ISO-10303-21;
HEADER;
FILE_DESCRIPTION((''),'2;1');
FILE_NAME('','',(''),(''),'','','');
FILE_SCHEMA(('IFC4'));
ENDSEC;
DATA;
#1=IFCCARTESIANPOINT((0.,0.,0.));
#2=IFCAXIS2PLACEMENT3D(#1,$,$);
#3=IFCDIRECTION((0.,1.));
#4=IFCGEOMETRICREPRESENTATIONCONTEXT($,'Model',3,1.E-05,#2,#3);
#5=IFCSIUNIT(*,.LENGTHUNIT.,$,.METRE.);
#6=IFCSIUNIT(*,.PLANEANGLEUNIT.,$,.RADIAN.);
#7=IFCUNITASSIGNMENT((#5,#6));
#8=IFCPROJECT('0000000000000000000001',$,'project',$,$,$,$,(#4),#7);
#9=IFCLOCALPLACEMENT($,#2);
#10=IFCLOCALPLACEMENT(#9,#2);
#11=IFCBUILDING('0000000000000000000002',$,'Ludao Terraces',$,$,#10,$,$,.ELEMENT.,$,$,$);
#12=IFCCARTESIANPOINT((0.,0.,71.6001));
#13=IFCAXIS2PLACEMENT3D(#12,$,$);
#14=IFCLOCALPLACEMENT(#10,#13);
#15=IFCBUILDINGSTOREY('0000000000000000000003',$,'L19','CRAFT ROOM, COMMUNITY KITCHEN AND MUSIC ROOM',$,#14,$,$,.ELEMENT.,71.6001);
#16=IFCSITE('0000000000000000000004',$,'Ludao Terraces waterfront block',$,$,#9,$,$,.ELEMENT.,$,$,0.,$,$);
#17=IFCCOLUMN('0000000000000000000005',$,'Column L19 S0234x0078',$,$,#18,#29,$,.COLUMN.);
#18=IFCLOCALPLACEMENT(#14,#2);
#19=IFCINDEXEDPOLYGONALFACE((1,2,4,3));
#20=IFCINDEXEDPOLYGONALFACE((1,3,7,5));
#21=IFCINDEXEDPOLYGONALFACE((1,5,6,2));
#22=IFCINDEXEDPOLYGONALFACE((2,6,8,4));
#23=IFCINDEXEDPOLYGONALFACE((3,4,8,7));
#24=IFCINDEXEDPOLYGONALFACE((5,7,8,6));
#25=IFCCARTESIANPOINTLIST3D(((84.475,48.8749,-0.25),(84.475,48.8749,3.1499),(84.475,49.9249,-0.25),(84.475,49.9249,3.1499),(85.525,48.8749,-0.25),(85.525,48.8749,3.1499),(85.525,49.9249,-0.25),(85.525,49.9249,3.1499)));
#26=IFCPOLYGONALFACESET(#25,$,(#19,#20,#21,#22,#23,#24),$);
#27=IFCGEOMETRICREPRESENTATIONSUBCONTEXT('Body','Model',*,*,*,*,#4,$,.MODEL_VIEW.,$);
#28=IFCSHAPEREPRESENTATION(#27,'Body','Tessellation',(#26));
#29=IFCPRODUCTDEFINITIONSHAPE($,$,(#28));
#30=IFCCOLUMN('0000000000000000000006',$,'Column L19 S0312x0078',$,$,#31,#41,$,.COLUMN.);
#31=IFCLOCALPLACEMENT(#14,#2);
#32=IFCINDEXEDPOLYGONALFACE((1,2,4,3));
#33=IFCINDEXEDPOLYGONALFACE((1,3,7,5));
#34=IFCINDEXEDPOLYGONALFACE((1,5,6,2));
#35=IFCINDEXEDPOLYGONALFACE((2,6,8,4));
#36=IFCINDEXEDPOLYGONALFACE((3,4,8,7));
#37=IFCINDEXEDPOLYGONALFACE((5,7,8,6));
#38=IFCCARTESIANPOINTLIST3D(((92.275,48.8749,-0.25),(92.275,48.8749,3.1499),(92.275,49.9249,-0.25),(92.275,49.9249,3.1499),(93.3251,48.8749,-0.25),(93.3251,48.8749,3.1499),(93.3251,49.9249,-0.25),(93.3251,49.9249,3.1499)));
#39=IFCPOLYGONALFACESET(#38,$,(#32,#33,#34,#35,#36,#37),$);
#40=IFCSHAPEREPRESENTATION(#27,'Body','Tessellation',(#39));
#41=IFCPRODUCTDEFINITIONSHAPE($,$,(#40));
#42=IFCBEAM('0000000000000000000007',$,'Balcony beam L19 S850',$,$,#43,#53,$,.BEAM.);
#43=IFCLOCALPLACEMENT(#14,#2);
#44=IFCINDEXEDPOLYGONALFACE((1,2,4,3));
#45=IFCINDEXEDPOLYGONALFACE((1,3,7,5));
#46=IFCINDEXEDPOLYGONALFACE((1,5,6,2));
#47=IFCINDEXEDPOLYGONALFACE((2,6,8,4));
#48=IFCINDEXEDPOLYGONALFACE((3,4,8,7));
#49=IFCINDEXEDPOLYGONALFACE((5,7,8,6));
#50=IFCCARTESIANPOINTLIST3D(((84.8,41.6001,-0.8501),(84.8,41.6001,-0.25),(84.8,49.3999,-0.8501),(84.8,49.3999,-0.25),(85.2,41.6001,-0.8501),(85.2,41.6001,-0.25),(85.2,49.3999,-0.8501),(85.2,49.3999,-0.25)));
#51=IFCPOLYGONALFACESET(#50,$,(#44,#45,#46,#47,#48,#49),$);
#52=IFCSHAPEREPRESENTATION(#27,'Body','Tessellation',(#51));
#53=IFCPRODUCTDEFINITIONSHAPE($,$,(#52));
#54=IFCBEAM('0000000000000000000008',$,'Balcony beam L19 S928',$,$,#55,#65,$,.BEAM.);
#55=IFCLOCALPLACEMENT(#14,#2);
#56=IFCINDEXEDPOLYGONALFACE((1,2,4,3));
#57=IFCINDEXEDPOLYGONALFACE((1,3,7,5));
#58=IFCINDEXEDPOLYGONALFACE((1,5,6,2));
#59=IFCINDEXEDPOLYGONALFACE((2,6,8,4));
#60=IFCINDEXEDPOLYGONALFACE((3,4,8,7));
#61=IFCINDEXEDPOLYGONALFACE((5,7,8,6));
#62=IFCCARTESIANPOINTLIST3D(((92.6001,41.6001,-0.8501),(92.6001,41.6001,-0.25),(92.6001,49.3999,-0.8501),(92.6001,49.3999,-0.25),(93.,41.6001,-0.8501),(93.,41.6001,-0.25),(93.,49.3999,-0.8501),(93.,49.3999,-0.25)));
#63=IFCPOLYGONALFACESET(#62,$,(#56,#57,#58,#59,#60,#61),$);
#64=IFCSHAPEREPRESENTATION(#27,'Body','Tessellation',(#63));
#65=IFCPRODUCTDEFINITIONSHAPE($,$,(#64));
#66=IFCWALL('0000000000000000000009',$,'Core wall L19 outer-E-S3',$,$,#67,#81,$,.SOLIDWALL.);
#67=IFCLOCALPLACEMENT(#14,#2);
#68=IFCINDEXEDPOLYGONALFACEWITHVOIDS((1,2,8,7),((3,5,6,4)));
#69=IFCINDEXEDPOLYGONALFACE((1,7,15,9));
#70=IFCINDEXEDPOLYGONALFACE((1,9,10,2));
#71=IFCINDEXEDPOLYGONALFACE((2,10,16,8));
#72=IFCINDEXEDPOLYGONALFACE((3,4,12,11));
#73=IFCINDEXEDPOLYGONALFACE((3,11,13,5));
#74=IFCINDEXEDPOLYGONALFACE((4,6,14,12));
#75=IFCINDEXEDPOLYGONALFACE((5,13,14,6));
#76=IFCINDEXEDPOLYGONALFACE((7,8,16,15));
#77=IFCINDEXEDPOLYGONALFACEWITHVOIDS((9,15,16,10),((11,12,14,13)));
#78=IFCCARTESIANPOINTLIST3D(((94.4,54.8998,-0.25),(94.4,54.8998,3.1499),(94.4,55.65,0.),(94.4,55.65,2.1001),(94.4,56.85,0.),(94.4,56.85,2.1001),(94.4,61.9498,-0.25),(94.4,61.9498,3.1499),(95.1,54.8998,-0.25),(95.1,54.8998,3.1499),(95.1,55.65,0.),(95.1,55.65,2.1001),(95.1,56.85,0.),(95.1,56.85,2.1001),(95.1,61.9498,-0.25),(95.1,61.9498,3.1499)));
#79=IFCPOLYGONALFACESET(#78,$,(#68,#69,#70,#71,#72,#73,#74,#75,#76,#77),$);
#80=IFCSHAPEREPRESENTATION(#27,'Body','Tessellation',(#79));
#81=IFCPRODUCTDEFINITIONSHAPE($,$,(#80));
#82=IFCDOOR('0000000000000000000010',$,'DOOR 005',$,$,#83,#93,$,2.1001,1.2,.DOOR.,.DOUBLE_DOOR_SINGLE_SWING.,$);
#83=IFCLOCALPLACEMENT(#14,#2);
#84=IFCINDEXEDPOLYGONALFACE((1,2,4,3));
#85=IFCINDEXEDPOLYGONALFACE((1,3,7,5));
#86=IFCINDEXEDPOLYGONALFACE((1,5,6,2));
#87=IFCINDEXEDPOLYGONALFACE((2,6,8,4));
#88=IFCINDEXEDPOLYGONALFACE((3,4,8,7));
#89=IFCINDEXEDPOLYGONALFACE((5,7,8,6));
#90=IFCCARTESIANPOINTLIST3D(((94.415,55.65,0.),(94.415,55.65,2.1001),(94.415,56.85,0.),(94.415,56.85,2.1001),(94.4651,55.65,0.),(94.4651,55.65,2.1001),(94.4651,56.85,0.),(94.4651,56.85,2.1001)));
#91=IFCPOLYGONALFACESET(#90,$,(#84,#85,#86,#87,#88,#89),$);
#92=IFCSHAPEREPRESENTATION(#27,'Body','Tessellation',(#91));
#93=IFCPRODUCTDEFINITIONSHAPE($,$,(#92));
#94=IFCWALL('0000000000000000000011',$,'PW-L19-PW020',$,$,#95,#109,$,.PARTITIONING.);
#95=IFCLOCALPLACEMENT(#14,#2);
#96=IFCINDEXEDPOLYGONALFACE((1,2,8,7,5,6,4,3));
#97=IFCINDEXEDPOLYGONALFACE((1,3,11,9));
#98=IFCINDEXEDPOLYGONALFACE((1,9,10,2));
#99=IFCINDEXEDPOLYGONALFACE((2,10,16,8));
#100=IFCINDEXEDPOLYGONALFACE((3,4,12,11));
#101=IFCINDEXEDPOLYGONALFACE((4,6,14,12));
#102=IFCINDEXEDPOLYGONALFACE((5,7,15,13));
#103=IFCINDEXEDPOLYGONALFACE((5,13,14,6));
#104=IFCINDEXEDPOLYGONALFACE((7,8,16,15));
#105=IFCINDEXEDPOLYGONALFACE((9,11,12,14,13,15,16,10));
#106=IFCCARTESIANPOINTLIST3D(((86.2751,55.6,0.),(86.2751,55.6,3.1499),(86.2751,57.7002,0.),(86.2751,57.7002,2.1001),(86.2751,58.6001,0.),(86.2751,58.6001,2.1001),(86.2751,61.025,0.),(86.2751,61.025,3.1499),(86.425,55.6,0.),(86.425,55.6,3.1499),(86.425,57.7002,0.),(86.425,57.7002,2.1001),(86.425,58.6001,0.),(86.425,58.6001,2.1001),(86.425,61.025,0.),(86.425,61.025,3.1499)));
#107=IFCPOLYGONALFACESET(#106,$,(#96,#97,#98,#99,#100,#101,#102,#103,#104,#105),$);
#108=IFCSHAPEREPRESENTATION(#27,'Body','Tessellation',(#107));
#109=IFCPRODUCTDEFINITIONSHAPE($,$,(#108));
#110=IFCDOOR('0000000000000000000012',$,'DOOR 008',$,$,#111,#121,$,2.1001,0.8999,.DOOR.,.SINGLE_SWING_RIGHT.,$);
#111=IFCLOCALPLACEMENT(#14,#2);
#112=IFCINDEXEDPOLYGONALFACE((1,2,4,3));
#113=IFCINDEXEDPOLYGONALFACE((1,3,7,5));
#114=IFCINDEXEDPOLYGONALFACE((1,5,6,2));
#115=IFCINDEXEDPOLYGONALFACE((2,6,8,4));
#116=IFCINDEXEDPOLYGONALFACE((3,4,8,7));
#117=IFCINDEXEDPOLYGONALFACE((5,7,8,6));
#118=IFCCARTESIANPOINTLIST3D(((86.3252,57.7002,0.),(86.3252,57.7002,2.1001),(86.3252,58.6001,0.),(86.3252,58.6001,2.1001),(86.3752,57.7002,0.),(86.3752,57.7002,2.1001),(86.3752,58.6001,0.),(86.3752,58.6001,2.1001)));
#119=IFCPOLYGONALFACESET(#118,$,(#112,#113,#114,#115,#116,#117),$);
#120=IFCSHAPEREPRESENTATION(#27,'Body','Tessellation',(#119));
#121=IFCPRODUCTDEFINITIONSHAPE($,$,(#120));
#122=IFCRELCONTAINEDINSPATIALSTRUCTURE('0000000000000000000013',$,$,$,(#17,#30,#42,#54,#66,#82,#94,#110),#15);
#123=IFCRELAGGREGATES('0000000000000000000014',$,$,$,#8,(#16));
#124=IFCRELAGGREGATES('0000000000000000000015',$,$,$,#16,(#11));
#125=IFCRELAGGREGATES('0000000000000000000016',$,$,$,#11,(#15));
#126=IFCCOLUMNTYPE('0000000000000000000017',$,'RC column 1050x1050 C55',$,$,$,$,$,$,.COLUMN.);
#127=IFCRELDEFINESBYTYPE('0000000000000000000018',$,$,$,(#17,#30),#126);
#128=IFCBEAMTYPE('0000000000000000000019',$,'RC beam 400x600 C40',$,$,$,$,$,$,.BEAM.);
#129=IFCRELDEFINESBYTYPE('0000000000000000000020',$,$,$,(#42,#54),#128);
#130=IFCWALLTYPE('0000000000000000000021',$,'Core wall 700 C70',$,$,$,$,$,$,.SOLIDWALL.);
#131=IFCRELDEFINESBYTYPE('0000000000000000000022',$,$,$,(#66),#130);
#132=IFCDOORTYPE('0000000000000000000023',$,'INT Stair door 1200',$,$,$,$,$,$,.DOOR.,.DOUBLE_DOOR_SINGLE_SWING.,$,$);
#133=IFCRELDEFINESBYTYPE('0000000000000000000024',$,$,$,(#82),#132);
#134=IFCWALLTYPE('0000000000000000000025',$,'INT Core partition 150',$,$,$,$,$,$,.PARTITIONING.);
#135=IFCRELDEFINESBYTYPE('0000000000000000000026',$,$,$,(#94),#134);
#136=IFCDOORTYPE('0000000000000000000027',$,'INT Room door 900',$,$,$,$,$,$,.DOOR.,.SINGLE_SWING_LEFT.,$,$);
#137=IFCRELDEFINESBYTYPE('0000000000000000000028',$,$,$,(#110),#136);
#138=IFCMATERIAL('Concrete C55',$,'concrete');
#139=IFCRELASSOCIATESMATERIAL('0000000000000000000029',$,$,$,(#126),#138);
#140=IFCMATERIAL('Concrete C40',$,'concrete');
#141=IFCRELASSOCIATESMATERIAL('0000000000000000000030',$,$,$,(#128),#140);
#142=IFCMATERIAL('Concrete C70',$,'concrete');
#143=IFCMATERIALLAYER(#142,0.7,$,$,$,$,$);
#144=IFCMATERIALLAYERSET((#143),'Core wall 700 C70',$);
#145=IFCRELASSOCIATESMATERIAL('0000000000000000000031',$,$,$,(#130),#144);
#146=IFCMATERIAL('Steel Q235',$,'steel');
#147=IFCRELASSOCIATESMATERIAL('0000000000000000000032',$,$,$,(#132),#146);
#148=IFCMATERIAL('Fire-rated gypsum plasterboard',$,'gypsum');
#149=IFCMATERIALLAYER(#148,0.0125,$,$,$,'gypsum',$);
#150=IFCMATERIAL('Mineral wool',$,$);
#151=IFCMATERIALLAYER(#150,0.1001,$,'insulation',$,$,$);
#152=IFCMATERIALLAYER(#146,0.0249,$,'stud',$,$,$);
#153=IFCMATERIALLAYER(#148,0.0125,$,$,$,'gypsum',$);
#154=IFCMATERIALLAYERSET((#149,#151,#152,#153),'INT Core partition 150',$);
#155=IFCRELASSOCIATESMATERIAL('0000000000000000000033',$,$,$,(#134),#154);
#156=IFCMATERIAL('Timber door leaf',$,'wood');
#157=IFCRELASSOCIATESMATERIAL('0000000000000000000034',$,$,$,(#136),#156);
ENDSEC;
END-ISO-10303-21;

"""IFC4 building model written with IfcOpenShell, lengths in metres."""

from ifc_helpers import new_model, si_unit, direction, frame, frame_2d, origin, origin_2d, place, context, subcontext, project, spatial, rectangle, extrude, material, layer, layer_set, material_profile, profile_set, type_object, element, fill, save


model = new_model("IFC4")

# Units and contexts
model_context = context("Model", 3, precision=1e-05, world=origin(), true_north=direction((0.0, 1.0)))
body_context = subcontext(model_context, "Body", "Model", "MODEL_VIEW")
ifc_project = project(units=[si_unit("LENGTHUNIT", "METRE"), si_unit("PLANEANGLEUNIT", "RADIAN")], contexts=[model_context])

# Site, building, storey
site_placement = place(None, origin())
site = spatial("IfcSite", under=ifc_project, at=site_placement, Name="Ludao Terraces waterfront block", CompositionType="ELEMENT", RefElevation=0.0)
building_placement = place(site_placement, origin())
building = spatial("IfcBuilding", under=site, at=building_placement, Name="Ludao Terraces", CompositionType="ELEMENT")
storey_placement = place(building_placement, frame((0.0, 0.0, 71.6001)))
storey = spatial("IfcBuildingStorey", under=building, at=storey_placement, Name="L19", Description="CRAFT ROOM, COMMUNITY KITCHEN AND MUSIC ROOM", CompositionType="ELEMENT", Elevation=71.6001)

# Columns
ifc_material_1 = material(Name="Concrete C55", Category="concrete")
ifc_material_profile_1 = material_profile(ifc_material_1, rectangle(XDim=1.05, YDim=1.05, at=origin_2d()), Name="1050 X 1050")
ifc_profile_set_1 = profile_set([ifc_material_profile_1], Name="Concrete C55")
column_type = type_object("IfcColumnType", Name="RC column 1050x1050 C55", PredefinedType="COLUMN", material=ifc_profile_set_1)
for number, where, z_axis, x_axis, name in (
    (1, (85.0, 49.3999, -0.25), (0.0, 0.0, 1.0), (1.0, 0.0, 0.0), "Column L19 S0234x0078"),
    (2, (92.8, 49.3999, -0.25), (0.0, 0.0, 1.0), (1.0, 0.0, 0.0), "Column L19 S0312x0078"),
):
    element("IfcColumn", number, at=place(storey_placement, frame(where, z_axis=z_axis, x_axis=x_axis)), inside=storey, type_object=column_type, Name=name, PredefinedType="COLUMN", context=body_context, shape_type="SweptSolid", body=[
        extrude(rectangle(XDim=1.05, YDim=1.05, at=origin_2d()), origin(), (0.0, 0.0, 1.0), 3.3999),
    ])

# Beams
ifc_material_2 = material(Name="Concrete C40", Category="concrete")
ifc_material_profile_2 = material_profile(ifc_material_2, rectangle(XDim=0.3999, YDim=0.6001, at=origin_2d()), Name="400 X 600")
ifc_profile_set_2 = profile_set([ifc_material_profile_2], Name="Concrete C40")
beam_type = type_object("IfcBeamType", Name="RC beam 400x600 C40", PredefinedType="BEAM", material=ifc_profile_set_2)
for number, where, z_axis, x_axis, name in (
    (3, (85.0, 49.3999, -0.55), (0.0, -1.0, 0.0), (1.0, 0.0, 0.0), "Balcony beam L19 S850"),
    (4, (92.8, 49.3999, -0.55), (0.0, -1.0, 0.0), (1.0, 0.0, 0.0), "Balcony beam L19 S928"),
):
    element("IfcBeam", number, at=place(storey_placement, frame(where, z_axis=z_axis, x_axis=x_axis)), inside=storey, type_object=beam_type, Name=name, PredefinedType="BEAM", context=body_context, shape_type="SweptSolid", body=[
        extrude(rectangle(XDim=0.3999, YDim=0.6001, at=origin_2d()), origin(), (0.0, 0.0, 1.0), 7.7998),
    ])

# Wall, opening, door
ifc_material_3 = material(Name="Concrete C70", Category="concrete")
ifc_layer_1 = layer(ifc_material_3, 0.7)
ifc_layer_set_1 = layer_set([ifc_layer_1], Name="Core wall 700 C70")
wall_type_1 = type_object("IfcWallType", Name="Core wall 700 C70", PredefinedType="SOLIDWALL", material=ifc_layer_set_1)
wall_1_placement = place(storey_placement, frame((94.75, 54.8999, -0.25), z_axis=(0.0, 0.0, 1.0), x_axis=(0.0, 1.0, 0.0)))
wall_1 = element("IfcWall", 5, at=wall_1_placement, inside=storey, type_object=wall_type_1, Name="Core wall L19 outer-E-S3", PredefinedType="SOLIDWALL", context=body_context, shape_type="SweptSolid", body=[
    extrude(rectangle(XDim=7.05, YDim=0.7, at=frame_2d((3.5249, 0.0))), origin(), (0.0, 0.0, 1.0), 3.3999),
])
opening_1_placement = place(wall_1_placement, frame((0.75, 0.0, 0.25)))
opening_1 = element("IfcOpeningElement", 6, at=opening_1_placement, cuts=wall_1, PredefinedType="OPENING", context=body_context, shape_type="SweptSolid", body=[
    extrude(rectangle(XDim=1.2, YDim=2.1001, at=frame_2d((0.6001, 1.05))), frame((0.0, 0.3599, 0.0), z_axis=(0.0, -1.0, 0.0), x_axis=(1.0, 0.0, 0.0)), (0.0, 0.0, 1.0), 0.72),
])
ifc_material_4 = material(Name="Steel Q235", Category="steel")
door_type_1 = type_object("IfcDoorType", Name="INT Stair door 1200", OperationType="DOUBLE_DOOR_SINGLE_SWING", PredefinedType="DOOR", material=ifc_material_4)
door_1_placement = place(opening_1_placement, origin())
door_1 = element("IfcDoor", 7, at=door_1_placement, inside=storey, type_object=door_type_1, Name="DOOR 005", OperationType="DOUBLE_DOOR_SINGLE_SWING", OverallHeight=2.1001, OverallWidth=1.2, PredefinedType="DOOR", context=body_context, shape_type="SweptSolid", body=[
    extrude(rectangle(XDim=1.2, YDim=2.1001, at=frame_2d((0.6001, 1.05))), frame((0.0, 0.335, 0.0), z_axis=(0.0, -1.0, 0.0), x_axis=(1.0, 0.0, 0.0)), (0.0, 0.0, 1.0), 0.05),
])
fill(opening_1, door_1)

# Shared definitions
ifc_material_5 = material(Name="Mineral wool")

# Wall, opening, door
ifc_material_6 = material(Name="Fire-rated gypsum plasterboard", Category="gypsum")
ifc_layer_2 = layer(ifc_material_6, 0.0125, Category="gypsum")
ifc_layer_3 = layer(ifc_material_5, 0.1001, Name="insulation")
ifc_layer_4 = layer(ifc_material_4, 0.0249, Name="stud")
ifc_layer_5 = layer(ifc_material_6, 0.0125, Category="gypsum")
ifc_layer_set_2 = layer_set([ifc_layer_2, ifc_layer_3, ifc_layer_4, ifc_layer_5], Name="INT Core partition 150")
wall_type_2 = type_object("IfcWallType", Name="INT Core partition 150", PredefinedType="PARTITIONING", material=ifc_layer_set_2)
wall_2_placement = place(storey_placement, frame((86.3501, 55.6001, 0.0), z_axis=(0.0, 0.0, 1.0), x_axis=(0.0, 1.0, 0.0)))
wall_2 = element("IfcWall", 8, at=wall_2_placement, inside=storey, type_object=wall_type_2, Name="PW-L19-PW020", PredefinedType="PARTITIONING", context=body_context, shape_type="SweptSolid", body=[
    extrude(rectangle(XDim=5.425, YDim=0.1499, at=frame_2d((2.7124, 0.0))), origin(), (0.0, 0.0, 1.0), 3.1499),
])
opening_2_placement = place(wall_2_placement, frame((2.1001, 0.0, 0.0)))
opening_2 = element("IfcOpeningElement", 9, at=opening_2_placement, cuts=wall_2, PredefinedType="OPENING", context=body_context, shape_type="SweptSolid", body=[
    extrude(rectangle(XDim=0.8999, YDim=2.1001, at=frame_2d((0.45, 1.05))), frame((0.0, 0.085, 0.0), z_axis=(0.0, -1.0, 0.0), x_axis=(1.0, 0.0, 0.0)), (0.0, 0.0, 1.0), 0.1699),
])
ifc_material_7 = material(Name="Timber door leaf", Category="wood")
door_type_2 = type_object("IfcDoorType", Name="INT Room door 900", OperationType="SINGLE_SWING_LEFT", PredefinedType="DOOR", material=ifc_material_7)
door_2_placement = place(opening_2_placement, origin())
door_2 = element("IfcDoor", 10, at=door_2_placement, inside=storey, type_object=door_type_2, Name="DOOR 008", OperationType="SINGLE_SWING_RIGHT", OverallHeight=2.1001, OverallWidth=0.8999, PredefinedType="DOOR", context=body_context, shape_type="SweptSolid", body=[
    extrude(rectangle(XDim=0.8999, YDim=2.1001, at=frame_2d((0.45, 1.05))), frame((0.0, 0.0249, 0.0), z_axis=(0.0, -1.0, 0.0), x_axis=(1.0, 0.0, 0.0)), (0.0, 0.0, 1.0), 0.05),
])
fill(opening_2, door_2)

save(model, "model.ifc")
